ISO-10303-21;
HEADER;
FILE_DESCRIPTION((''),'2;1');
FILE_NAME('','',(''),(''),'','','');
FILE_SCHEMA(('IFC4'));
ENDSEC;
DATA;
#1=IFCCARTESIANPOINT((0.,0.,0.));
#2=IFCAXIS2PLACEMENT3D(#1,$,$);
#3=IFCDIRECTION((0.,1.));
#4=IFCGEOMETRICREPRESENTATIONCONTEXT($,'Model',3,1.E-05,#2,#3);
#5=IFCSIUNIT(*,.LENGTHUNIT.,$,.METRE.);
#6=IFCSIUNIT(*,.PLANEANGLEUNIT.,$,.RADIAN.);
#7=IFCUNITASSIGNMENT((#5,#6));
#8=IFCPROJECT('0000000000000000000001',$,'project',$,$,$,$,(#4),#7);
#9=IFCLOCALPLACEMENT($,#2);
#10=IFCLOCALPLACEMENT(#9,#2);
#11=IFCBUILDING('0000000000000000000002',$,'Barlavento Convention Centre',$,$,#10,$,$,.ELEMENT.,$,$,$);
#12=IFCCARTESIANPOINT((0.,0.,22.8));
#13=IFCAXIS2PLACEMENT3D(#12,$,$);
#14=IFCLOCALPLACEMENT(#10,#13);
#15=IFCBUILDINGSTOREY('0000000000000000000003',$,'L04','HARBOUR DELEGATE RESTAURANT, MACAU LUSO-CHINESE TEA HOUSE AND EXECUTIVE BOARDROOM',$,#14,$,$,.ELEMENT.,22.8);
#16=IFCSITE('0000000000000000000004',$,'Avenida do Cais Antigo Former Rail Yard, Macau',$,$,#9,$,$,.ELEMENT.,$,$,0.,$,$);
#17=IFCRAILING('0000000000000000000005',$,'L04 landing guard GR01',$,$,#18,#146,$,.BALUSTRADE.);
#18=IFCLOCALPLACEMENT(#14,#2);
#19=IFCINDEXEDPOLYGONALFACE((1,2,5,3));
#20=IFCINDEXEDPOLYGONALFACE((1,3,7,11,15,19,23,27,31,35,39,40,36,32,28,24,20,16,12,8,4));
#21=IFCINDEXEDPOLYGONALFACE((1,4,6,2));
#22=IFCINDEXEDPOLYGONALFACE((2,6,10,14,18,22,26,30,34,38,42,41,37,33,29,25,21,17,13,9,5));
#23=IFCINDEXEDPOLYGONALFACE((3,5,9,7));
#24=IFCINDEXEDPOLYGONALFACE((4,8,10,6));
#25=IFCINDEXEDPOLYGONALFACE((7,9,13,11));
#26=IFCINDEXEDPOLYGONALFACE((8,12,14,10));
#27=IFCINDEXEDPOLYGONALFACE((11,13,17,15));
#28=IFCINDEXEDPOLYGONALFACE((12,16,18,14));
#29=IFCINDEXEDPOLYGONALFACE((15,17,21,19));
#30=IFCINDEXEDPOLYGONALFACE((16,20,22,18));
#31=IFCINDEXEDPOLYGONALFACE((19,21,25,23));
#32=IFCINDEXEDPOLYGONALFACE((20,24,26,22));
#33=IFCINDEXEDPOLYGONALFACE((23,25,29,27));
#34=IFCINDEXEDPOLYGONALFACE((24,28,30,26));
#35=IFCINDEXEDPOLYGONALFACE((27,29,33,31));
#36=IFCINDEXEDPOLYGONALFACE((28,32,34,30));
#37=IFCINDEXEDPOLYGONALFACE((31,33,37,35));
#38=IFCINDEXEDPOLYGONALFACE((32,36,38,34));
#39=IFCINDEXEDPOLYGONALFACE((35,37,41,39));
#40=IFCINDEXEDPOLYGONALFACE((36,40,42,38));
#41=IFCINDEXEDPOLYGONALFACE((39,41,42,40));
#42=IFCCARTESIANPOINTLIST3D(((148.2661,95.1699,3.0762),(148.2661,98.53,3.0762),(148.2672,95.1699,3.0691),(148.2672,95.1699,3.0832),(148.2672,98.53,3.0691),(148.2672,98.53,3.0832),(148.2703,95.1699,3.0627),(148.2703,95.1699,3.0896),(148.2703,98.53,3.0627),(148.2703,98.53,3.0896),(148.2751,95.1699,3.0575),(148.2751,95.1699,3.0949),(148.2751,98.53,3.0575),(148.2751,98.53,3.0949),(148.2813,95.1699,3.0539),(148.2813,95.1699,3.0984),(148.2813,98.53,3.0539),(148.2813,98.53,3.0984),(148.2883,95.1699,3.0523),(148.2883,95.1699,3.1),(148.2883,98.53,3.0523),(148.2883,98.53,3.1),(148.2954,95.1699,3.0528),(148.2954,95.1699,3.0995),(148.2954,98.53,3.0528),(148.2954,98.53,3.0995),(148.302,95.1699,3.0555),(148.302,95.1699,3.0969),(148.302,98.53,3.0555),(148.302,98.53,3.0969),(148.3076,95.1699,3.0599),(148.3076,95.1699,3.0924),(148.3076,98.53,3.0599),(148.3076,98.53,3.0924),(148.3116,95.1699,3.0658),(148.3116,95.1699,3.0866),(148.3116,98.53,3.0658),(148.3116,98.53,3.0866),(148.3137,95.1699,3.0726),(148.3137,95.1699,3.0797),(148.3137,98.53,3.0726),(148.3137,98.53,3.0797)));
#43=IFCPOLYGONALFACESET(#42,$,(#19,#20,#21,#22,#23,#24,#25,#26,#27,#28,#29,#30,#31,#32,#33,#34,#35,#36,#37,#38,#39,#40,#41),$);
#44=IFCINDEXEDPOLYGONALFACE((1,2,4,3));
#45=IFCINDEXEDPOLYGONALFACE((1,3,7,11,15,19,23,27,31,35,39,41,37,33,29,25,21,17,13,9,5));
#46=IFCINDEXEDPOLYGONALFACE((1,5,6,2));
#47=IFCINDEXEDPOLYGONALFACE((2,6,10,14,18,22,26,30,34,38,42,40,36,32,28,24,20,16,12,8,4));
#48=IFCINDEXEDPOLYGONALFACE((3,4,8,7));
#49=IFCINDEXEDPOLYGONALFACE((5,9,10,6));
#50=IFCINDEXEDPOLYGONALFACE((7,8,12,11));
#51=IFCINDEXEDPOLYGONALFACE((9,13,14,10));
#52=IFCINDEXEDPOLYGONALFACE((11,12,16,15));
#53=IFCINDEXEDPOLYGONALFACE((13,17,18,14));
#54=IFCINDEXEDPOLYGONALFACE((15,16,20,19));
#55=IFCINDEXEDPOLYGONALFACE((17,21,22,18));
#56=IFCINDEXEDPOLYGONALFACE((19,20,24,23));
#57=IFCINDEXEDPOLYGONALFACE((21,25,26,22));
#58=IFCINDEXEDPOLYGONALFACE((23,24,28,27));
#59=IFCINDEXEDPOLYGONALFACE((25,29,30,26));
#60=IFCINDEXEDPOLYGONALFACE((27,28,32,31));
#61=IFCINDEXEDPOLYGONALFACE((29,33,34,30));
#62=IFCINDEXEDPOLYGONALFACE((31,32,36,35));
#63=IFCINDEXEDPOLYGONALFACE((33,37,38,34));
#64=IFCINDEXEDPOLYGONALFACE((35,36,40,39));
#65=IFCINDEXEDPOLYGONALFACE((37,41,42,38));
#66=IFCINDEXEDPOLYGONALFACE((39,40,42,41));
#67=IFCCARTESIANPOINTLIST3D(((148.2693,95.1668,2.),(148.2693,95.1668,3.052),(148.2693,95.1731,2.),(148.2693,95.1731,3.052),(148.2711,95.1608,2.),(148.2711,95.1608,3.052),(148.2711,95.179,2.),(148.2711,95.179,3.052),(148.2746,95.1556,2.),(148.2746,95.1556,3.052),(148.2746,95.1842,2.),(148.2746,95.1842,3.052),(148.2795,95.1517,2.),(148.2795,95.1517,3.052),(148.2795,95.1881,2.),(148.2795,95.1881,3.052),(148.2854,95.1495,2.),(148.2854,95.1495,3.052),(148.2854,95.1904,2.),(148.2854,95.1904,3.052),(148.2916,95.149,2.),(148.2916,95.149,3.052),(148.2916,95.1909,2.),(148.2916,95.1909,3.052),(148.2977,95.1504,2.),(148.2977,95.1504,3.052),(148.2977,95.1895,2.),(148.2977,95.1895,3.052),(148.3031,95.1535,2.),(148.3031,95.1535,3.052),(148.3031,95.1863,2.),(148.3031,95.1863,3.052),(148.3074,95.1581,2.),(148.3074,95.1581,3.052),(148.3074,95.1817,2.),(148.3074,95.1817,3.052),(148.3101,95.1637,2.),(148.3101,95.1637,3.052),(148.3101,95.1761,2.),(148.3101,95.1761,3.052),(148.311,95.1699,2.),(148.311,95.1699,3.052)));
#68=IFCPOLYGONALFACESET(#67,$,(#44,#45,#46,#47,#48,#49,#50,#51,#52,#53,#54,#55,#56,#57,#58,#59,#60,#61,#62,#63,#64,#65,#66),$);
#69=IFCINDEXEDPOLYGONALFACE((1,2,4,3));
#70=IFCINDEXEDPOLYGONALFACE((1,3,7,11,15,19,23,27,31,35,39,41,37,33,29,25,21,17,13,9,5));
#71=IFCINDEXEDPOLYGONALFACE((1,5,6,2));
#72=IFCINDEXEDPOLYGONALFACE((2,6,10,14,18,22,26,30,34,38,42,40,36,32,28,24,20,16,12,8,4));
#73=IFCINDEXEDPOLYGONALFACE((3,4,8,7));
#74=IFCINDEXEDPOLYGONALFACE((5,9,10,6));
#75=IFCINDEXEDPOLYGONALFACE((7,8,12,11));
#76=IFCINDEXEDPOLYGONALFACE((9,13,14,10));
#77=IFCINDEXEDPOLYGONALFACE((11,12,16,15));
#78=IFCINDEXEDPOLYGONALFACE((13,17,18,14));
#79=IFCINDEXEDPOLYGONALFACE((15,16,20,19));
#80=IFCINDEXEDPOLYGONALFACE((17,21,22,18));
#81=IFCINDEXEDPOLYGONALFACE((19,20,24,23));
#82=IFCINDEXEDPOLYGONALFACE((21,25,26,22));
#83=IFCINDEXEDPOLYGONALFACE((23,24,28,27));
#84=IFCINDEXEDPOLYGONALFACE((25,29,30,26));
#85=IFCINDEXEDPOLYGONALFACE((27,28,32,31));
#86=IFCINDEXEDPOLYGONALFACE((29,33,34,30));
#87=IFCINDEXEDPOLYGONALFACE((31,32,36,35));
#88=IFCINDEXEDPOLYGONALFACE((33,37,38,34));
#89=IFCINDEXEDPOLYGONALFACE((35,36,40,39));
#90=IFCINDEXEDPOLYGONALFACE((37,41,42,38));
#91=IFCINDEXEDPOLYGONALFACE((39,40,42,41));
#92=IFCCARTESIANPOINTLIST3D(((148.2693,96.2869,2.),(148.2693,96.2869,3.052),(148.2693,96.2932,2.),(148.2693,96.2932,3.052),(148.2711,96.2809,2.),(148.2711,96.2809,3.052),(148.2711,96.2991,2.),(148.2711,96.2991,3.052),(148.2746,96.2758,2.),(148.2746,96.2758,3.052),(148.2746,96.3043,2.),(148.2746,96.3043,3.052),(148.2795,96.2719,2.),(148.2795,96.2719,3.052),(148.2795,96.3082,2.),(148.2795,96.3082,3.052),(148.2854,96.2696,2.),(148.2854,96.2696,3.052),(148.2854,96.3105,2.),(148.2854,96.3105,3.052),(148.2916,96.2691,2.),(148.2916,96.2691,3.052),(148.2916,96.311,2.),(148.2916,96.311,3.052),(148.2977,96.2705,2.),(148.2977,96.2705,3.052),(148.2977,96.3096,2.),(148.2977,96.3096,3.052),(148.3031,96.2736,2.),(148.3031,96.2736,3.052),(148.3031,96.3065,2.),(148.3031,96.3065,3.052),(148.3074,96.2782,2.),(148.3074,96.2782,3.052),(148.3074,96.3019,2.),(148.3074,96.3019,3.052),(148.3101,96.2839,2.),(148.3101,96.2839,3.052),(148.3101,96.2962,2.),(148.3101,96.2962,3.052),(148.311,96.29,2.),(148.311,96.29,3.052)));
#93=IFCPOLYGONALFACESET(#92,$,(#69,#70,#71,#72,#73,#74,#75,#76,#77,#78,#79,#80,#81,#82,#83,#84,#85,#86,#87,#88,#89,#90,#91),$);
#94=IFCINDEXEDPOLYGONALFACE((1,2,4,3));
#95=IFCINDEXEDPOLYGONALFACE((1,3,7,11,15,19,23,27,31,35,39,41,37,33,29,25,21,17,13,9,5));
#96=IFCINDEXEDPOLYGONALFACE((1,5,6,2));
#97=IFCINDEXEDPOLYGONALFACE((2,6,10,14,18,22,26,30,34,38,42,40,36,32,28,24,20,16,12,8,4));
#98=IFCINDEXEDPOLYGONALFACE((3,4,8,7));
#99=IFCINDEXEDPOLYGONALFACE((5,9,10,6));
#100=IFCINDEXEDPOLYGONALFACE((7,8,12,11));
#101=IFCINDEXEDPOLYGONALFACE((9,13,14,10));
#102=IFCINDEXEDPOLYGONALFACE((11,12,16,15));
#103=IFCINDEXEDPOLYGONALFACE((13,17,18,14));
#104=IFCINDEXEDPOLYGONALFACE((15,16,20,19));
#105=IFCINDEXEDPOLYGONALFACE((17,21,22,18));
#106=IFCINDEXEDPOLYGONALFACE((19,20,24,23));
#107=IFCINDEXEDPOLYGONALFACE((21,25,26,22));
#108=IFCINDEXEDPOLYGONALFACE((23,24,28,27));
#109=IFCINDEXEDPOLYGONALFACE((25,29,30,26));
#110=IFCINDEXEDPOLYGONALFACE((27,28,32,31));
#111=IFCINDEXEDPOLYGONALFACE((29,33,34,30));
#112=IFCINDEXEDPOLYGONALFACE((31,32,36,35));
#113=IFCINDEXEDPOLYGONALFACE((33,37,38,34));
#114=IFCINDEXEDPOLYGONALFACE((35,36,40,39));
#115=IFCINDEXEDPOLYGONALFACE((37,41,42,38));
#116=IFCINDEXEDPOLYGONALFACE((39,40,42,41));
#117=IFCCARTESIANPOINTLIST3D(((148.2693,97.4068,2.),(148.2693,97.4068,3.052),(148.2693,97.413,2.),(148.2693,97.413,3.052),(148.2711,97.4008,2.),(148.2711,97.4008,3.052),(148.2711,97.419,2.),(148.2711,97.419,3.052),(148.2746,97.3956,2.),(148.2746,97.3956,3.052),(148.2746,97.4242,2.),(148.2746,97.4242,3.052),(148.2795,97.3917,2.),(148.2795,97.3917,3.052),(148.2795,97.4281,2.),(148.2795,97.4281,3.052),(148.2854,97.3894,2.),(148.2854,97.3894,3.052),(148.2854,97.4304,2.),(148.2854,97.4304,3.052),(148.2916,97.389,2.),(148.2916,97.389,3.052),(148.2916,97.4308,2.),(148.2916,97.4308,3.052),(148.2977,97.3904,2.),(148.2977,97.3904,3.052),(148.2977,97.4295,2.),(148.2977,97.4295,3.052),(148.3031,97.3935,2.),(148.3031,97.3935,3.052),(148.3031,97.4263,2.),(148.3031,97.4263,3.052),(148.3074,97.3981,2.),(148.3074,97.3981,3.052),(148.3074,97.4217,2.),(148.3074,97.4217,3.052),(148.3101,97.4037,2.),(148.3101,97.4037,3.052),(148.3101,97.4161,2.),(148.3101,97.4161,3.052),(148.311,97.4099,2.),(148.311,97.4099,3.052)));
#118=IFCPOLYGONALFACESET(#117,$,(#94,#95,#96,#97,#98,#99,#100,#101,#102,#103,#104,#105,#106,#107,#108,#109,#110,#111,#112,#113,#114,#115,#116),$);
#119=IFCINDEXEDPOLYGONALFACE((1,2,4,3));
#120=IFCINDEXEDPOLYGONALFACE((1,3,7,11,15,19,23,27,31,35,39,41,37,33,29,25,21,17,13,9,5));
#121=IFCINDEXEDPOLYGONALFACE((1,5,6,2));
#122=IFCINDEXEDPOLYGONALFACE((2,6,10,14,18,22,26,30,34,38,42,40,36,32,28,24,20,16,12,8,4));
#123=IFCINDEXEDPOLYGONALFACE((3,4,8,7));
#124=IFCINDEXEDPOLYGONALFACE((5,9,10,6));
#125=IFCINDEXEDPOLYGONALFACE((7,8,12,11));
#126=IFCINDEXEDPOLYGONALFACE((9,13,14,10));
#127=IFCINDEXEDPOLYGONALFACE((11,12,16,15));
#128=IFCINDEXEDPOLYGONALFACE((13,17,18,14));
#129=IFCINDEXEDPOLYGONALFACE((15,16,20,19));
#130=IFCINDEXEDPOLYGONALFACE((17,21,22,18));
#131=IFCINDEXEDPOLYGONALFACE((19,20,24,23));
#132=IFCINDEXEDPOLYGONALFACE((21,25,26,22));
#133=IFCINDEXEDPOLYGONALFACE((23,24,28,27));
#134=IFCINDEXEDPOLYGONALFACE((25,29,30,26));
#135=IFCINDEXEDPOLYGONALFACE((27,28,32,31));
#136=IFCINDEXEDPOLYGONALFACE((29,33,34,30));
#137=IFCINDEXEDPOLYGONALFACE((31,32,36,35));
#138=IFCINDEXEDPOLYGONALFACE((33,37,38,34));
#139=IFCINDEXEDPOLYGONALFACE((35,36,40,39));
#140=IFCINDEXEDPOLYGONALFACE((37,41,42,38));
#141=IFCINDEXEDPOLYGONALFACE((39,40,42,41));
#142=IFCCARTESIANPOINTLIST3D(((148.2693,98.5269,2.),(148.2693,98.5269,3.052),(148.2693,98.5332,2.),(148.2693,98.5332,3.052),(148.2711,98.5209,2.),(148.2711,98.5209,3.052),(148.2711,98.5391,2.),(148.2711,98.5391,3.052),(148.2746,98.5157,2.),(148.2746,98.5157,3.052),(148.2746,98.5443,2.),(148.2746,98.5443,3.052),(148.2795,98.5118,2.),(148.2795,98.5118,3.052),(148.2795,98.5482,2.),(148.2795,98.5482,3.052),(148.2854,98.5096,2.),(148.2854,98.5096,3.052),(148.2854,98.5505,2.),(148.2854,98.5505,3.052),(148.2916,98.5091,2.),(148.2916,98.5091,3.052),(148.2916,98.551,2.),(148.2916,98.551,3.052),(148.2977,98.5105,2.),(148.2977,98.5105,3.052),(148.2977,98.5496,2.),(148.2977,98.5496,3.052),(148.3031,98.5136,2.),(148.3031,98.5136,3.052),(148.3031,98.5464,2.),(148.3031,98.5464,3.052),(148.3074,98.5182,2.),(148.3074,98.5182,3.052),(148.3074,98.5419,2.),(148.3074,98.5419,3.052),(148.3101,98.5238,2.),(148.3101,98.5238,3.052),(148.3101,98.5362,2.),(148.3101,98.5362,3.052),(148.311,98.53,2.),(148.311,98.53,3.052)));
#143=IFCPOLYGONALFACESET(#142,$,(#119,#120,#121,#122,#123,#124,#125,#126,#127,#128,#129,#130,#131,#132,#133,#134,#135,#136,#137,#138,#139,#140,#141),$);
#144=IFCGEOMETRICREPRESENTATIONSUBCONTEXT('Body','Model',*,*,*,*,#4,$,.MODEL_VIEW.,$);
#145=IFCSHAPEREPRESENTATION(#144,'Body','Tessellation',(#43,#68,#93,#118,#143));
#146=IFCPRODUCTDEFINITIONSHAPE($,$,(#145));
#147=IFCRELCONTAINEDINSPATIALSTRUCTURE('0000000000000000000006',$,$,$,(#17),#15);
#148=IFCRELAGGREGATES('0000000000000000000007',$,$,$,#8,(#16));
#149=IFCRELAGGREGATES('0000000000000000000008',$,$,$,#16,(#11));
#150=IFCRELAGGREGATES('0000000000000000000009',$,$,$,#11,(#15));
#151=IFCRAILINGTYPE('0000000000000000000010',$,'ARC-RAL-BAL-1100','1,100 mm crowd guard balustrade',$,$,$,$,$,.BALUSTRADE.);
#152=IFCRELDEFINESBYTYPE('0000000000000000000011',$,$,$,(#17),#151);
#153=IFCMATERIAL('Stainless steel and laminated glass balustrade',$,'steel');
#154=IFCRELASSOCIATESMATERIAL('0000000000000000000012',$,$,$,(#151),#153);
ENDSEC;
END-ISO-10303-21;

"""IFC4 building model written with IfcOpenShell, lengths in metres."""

from ifc_helpers import new_model, si_unit, direction, frame, origin, origin_2d, place, context, subcontext, project, spatial, circle, extrude, material, type_object, element, save


model = new_model("IFC4")

# Units and contexts
model_context = context("Model", 3, precision=1e-05, world=origin(), true_north=direction((0.0, 1.0)))
body_context = subcontext(model_context, "Body", "Model", "MODEL_VIEW")
ifc_project = project(units=[si_unit("LENGTHUNIT", "METRE"), si_unit("PLANEANGLEUNIT", "RADIAN")], contexts=[model_context])

# Site, building, storey
site_placement = place(None, origin())
site = spatial("IfcSite", under=ifc_project, at=site_placement, Name="Avenida do Cais Antigo Former Rail Yard, Macau", CompositionType="ELEMENT", RefElevation=0.0)
building_placement = place(site_placement, origin())
building = spatial("IfcBuilding", under=site, at=building_placement, Name="Barlavento Convention Centre", CompositionType="ELEMENT")
storey_placement = place(building_placement, frame((0.0, 0.0, 22.8)))
storey = spatial("IfcBuildingStorey", under=building, at=storey_placement, Name="L04", Description="HARBOUR DELEGATE RESTAURANT, MACAU LUSO-CHINESE TEA HOUSE AND EXECUTIVE BOARDROOM", CompositionType="ELEMENT", Elevation=22.8)

# Railing
ifc_material_1 = material(Name="Stainless steel and laminated glass balustrade", Category="steel")
railing_type_1 = type_object("IfcRailingType", Name="ARC-RAL-BAL-1100", Description="1,100 mm crowd guard balustrade", PredefinedType="BALUSTRADE", material=ifc_material_1)
for number, where, name in (
    (1, (148.29, 95.1699, 2.0), "L04 landing guard GR01"),
):
    element("IfcRailing", number, at=place(storey_placement, frame(where)), inside=storey, type_object=railing_type_1, Name=name, PredefinedType="BALUSTRADE", context=body_context, shape_type="SweptSolid", body=[
        extrude(circle(Radius=0.0239, at=origin_2d()), frame((0.0, 0.0, 1.0762), z_axis=(0.0, 1.0, 0.0), x_axis=(-1.0, 0.0, 0.0)), (0.0, 0.0, 1.0), 3.3601),
        extrude(circle(Radius=0.021, at=origin_2d()), origin(), (0.0, 0.0, 1.0), 1.052),
        extrude(circle(Radius=0.021, at=origin_2d()), frame((0.0, 1.1201, 0.0)), (0.0, 0.0, 1.0), 1.052),
        extrude(circle(Radius=0.021, at=origin_2d()), frame((0.0, 2.24, 0.0)), (0.0, 0.0, 1.0), 1.052),
        extrude(circle(Radius=0.021, at=origin_2d()), frame((0.0, 3.3601, 0.0)), (0.0, 0.0, 1.0), 1.052),
    ])

save(model, "model.ifc")
